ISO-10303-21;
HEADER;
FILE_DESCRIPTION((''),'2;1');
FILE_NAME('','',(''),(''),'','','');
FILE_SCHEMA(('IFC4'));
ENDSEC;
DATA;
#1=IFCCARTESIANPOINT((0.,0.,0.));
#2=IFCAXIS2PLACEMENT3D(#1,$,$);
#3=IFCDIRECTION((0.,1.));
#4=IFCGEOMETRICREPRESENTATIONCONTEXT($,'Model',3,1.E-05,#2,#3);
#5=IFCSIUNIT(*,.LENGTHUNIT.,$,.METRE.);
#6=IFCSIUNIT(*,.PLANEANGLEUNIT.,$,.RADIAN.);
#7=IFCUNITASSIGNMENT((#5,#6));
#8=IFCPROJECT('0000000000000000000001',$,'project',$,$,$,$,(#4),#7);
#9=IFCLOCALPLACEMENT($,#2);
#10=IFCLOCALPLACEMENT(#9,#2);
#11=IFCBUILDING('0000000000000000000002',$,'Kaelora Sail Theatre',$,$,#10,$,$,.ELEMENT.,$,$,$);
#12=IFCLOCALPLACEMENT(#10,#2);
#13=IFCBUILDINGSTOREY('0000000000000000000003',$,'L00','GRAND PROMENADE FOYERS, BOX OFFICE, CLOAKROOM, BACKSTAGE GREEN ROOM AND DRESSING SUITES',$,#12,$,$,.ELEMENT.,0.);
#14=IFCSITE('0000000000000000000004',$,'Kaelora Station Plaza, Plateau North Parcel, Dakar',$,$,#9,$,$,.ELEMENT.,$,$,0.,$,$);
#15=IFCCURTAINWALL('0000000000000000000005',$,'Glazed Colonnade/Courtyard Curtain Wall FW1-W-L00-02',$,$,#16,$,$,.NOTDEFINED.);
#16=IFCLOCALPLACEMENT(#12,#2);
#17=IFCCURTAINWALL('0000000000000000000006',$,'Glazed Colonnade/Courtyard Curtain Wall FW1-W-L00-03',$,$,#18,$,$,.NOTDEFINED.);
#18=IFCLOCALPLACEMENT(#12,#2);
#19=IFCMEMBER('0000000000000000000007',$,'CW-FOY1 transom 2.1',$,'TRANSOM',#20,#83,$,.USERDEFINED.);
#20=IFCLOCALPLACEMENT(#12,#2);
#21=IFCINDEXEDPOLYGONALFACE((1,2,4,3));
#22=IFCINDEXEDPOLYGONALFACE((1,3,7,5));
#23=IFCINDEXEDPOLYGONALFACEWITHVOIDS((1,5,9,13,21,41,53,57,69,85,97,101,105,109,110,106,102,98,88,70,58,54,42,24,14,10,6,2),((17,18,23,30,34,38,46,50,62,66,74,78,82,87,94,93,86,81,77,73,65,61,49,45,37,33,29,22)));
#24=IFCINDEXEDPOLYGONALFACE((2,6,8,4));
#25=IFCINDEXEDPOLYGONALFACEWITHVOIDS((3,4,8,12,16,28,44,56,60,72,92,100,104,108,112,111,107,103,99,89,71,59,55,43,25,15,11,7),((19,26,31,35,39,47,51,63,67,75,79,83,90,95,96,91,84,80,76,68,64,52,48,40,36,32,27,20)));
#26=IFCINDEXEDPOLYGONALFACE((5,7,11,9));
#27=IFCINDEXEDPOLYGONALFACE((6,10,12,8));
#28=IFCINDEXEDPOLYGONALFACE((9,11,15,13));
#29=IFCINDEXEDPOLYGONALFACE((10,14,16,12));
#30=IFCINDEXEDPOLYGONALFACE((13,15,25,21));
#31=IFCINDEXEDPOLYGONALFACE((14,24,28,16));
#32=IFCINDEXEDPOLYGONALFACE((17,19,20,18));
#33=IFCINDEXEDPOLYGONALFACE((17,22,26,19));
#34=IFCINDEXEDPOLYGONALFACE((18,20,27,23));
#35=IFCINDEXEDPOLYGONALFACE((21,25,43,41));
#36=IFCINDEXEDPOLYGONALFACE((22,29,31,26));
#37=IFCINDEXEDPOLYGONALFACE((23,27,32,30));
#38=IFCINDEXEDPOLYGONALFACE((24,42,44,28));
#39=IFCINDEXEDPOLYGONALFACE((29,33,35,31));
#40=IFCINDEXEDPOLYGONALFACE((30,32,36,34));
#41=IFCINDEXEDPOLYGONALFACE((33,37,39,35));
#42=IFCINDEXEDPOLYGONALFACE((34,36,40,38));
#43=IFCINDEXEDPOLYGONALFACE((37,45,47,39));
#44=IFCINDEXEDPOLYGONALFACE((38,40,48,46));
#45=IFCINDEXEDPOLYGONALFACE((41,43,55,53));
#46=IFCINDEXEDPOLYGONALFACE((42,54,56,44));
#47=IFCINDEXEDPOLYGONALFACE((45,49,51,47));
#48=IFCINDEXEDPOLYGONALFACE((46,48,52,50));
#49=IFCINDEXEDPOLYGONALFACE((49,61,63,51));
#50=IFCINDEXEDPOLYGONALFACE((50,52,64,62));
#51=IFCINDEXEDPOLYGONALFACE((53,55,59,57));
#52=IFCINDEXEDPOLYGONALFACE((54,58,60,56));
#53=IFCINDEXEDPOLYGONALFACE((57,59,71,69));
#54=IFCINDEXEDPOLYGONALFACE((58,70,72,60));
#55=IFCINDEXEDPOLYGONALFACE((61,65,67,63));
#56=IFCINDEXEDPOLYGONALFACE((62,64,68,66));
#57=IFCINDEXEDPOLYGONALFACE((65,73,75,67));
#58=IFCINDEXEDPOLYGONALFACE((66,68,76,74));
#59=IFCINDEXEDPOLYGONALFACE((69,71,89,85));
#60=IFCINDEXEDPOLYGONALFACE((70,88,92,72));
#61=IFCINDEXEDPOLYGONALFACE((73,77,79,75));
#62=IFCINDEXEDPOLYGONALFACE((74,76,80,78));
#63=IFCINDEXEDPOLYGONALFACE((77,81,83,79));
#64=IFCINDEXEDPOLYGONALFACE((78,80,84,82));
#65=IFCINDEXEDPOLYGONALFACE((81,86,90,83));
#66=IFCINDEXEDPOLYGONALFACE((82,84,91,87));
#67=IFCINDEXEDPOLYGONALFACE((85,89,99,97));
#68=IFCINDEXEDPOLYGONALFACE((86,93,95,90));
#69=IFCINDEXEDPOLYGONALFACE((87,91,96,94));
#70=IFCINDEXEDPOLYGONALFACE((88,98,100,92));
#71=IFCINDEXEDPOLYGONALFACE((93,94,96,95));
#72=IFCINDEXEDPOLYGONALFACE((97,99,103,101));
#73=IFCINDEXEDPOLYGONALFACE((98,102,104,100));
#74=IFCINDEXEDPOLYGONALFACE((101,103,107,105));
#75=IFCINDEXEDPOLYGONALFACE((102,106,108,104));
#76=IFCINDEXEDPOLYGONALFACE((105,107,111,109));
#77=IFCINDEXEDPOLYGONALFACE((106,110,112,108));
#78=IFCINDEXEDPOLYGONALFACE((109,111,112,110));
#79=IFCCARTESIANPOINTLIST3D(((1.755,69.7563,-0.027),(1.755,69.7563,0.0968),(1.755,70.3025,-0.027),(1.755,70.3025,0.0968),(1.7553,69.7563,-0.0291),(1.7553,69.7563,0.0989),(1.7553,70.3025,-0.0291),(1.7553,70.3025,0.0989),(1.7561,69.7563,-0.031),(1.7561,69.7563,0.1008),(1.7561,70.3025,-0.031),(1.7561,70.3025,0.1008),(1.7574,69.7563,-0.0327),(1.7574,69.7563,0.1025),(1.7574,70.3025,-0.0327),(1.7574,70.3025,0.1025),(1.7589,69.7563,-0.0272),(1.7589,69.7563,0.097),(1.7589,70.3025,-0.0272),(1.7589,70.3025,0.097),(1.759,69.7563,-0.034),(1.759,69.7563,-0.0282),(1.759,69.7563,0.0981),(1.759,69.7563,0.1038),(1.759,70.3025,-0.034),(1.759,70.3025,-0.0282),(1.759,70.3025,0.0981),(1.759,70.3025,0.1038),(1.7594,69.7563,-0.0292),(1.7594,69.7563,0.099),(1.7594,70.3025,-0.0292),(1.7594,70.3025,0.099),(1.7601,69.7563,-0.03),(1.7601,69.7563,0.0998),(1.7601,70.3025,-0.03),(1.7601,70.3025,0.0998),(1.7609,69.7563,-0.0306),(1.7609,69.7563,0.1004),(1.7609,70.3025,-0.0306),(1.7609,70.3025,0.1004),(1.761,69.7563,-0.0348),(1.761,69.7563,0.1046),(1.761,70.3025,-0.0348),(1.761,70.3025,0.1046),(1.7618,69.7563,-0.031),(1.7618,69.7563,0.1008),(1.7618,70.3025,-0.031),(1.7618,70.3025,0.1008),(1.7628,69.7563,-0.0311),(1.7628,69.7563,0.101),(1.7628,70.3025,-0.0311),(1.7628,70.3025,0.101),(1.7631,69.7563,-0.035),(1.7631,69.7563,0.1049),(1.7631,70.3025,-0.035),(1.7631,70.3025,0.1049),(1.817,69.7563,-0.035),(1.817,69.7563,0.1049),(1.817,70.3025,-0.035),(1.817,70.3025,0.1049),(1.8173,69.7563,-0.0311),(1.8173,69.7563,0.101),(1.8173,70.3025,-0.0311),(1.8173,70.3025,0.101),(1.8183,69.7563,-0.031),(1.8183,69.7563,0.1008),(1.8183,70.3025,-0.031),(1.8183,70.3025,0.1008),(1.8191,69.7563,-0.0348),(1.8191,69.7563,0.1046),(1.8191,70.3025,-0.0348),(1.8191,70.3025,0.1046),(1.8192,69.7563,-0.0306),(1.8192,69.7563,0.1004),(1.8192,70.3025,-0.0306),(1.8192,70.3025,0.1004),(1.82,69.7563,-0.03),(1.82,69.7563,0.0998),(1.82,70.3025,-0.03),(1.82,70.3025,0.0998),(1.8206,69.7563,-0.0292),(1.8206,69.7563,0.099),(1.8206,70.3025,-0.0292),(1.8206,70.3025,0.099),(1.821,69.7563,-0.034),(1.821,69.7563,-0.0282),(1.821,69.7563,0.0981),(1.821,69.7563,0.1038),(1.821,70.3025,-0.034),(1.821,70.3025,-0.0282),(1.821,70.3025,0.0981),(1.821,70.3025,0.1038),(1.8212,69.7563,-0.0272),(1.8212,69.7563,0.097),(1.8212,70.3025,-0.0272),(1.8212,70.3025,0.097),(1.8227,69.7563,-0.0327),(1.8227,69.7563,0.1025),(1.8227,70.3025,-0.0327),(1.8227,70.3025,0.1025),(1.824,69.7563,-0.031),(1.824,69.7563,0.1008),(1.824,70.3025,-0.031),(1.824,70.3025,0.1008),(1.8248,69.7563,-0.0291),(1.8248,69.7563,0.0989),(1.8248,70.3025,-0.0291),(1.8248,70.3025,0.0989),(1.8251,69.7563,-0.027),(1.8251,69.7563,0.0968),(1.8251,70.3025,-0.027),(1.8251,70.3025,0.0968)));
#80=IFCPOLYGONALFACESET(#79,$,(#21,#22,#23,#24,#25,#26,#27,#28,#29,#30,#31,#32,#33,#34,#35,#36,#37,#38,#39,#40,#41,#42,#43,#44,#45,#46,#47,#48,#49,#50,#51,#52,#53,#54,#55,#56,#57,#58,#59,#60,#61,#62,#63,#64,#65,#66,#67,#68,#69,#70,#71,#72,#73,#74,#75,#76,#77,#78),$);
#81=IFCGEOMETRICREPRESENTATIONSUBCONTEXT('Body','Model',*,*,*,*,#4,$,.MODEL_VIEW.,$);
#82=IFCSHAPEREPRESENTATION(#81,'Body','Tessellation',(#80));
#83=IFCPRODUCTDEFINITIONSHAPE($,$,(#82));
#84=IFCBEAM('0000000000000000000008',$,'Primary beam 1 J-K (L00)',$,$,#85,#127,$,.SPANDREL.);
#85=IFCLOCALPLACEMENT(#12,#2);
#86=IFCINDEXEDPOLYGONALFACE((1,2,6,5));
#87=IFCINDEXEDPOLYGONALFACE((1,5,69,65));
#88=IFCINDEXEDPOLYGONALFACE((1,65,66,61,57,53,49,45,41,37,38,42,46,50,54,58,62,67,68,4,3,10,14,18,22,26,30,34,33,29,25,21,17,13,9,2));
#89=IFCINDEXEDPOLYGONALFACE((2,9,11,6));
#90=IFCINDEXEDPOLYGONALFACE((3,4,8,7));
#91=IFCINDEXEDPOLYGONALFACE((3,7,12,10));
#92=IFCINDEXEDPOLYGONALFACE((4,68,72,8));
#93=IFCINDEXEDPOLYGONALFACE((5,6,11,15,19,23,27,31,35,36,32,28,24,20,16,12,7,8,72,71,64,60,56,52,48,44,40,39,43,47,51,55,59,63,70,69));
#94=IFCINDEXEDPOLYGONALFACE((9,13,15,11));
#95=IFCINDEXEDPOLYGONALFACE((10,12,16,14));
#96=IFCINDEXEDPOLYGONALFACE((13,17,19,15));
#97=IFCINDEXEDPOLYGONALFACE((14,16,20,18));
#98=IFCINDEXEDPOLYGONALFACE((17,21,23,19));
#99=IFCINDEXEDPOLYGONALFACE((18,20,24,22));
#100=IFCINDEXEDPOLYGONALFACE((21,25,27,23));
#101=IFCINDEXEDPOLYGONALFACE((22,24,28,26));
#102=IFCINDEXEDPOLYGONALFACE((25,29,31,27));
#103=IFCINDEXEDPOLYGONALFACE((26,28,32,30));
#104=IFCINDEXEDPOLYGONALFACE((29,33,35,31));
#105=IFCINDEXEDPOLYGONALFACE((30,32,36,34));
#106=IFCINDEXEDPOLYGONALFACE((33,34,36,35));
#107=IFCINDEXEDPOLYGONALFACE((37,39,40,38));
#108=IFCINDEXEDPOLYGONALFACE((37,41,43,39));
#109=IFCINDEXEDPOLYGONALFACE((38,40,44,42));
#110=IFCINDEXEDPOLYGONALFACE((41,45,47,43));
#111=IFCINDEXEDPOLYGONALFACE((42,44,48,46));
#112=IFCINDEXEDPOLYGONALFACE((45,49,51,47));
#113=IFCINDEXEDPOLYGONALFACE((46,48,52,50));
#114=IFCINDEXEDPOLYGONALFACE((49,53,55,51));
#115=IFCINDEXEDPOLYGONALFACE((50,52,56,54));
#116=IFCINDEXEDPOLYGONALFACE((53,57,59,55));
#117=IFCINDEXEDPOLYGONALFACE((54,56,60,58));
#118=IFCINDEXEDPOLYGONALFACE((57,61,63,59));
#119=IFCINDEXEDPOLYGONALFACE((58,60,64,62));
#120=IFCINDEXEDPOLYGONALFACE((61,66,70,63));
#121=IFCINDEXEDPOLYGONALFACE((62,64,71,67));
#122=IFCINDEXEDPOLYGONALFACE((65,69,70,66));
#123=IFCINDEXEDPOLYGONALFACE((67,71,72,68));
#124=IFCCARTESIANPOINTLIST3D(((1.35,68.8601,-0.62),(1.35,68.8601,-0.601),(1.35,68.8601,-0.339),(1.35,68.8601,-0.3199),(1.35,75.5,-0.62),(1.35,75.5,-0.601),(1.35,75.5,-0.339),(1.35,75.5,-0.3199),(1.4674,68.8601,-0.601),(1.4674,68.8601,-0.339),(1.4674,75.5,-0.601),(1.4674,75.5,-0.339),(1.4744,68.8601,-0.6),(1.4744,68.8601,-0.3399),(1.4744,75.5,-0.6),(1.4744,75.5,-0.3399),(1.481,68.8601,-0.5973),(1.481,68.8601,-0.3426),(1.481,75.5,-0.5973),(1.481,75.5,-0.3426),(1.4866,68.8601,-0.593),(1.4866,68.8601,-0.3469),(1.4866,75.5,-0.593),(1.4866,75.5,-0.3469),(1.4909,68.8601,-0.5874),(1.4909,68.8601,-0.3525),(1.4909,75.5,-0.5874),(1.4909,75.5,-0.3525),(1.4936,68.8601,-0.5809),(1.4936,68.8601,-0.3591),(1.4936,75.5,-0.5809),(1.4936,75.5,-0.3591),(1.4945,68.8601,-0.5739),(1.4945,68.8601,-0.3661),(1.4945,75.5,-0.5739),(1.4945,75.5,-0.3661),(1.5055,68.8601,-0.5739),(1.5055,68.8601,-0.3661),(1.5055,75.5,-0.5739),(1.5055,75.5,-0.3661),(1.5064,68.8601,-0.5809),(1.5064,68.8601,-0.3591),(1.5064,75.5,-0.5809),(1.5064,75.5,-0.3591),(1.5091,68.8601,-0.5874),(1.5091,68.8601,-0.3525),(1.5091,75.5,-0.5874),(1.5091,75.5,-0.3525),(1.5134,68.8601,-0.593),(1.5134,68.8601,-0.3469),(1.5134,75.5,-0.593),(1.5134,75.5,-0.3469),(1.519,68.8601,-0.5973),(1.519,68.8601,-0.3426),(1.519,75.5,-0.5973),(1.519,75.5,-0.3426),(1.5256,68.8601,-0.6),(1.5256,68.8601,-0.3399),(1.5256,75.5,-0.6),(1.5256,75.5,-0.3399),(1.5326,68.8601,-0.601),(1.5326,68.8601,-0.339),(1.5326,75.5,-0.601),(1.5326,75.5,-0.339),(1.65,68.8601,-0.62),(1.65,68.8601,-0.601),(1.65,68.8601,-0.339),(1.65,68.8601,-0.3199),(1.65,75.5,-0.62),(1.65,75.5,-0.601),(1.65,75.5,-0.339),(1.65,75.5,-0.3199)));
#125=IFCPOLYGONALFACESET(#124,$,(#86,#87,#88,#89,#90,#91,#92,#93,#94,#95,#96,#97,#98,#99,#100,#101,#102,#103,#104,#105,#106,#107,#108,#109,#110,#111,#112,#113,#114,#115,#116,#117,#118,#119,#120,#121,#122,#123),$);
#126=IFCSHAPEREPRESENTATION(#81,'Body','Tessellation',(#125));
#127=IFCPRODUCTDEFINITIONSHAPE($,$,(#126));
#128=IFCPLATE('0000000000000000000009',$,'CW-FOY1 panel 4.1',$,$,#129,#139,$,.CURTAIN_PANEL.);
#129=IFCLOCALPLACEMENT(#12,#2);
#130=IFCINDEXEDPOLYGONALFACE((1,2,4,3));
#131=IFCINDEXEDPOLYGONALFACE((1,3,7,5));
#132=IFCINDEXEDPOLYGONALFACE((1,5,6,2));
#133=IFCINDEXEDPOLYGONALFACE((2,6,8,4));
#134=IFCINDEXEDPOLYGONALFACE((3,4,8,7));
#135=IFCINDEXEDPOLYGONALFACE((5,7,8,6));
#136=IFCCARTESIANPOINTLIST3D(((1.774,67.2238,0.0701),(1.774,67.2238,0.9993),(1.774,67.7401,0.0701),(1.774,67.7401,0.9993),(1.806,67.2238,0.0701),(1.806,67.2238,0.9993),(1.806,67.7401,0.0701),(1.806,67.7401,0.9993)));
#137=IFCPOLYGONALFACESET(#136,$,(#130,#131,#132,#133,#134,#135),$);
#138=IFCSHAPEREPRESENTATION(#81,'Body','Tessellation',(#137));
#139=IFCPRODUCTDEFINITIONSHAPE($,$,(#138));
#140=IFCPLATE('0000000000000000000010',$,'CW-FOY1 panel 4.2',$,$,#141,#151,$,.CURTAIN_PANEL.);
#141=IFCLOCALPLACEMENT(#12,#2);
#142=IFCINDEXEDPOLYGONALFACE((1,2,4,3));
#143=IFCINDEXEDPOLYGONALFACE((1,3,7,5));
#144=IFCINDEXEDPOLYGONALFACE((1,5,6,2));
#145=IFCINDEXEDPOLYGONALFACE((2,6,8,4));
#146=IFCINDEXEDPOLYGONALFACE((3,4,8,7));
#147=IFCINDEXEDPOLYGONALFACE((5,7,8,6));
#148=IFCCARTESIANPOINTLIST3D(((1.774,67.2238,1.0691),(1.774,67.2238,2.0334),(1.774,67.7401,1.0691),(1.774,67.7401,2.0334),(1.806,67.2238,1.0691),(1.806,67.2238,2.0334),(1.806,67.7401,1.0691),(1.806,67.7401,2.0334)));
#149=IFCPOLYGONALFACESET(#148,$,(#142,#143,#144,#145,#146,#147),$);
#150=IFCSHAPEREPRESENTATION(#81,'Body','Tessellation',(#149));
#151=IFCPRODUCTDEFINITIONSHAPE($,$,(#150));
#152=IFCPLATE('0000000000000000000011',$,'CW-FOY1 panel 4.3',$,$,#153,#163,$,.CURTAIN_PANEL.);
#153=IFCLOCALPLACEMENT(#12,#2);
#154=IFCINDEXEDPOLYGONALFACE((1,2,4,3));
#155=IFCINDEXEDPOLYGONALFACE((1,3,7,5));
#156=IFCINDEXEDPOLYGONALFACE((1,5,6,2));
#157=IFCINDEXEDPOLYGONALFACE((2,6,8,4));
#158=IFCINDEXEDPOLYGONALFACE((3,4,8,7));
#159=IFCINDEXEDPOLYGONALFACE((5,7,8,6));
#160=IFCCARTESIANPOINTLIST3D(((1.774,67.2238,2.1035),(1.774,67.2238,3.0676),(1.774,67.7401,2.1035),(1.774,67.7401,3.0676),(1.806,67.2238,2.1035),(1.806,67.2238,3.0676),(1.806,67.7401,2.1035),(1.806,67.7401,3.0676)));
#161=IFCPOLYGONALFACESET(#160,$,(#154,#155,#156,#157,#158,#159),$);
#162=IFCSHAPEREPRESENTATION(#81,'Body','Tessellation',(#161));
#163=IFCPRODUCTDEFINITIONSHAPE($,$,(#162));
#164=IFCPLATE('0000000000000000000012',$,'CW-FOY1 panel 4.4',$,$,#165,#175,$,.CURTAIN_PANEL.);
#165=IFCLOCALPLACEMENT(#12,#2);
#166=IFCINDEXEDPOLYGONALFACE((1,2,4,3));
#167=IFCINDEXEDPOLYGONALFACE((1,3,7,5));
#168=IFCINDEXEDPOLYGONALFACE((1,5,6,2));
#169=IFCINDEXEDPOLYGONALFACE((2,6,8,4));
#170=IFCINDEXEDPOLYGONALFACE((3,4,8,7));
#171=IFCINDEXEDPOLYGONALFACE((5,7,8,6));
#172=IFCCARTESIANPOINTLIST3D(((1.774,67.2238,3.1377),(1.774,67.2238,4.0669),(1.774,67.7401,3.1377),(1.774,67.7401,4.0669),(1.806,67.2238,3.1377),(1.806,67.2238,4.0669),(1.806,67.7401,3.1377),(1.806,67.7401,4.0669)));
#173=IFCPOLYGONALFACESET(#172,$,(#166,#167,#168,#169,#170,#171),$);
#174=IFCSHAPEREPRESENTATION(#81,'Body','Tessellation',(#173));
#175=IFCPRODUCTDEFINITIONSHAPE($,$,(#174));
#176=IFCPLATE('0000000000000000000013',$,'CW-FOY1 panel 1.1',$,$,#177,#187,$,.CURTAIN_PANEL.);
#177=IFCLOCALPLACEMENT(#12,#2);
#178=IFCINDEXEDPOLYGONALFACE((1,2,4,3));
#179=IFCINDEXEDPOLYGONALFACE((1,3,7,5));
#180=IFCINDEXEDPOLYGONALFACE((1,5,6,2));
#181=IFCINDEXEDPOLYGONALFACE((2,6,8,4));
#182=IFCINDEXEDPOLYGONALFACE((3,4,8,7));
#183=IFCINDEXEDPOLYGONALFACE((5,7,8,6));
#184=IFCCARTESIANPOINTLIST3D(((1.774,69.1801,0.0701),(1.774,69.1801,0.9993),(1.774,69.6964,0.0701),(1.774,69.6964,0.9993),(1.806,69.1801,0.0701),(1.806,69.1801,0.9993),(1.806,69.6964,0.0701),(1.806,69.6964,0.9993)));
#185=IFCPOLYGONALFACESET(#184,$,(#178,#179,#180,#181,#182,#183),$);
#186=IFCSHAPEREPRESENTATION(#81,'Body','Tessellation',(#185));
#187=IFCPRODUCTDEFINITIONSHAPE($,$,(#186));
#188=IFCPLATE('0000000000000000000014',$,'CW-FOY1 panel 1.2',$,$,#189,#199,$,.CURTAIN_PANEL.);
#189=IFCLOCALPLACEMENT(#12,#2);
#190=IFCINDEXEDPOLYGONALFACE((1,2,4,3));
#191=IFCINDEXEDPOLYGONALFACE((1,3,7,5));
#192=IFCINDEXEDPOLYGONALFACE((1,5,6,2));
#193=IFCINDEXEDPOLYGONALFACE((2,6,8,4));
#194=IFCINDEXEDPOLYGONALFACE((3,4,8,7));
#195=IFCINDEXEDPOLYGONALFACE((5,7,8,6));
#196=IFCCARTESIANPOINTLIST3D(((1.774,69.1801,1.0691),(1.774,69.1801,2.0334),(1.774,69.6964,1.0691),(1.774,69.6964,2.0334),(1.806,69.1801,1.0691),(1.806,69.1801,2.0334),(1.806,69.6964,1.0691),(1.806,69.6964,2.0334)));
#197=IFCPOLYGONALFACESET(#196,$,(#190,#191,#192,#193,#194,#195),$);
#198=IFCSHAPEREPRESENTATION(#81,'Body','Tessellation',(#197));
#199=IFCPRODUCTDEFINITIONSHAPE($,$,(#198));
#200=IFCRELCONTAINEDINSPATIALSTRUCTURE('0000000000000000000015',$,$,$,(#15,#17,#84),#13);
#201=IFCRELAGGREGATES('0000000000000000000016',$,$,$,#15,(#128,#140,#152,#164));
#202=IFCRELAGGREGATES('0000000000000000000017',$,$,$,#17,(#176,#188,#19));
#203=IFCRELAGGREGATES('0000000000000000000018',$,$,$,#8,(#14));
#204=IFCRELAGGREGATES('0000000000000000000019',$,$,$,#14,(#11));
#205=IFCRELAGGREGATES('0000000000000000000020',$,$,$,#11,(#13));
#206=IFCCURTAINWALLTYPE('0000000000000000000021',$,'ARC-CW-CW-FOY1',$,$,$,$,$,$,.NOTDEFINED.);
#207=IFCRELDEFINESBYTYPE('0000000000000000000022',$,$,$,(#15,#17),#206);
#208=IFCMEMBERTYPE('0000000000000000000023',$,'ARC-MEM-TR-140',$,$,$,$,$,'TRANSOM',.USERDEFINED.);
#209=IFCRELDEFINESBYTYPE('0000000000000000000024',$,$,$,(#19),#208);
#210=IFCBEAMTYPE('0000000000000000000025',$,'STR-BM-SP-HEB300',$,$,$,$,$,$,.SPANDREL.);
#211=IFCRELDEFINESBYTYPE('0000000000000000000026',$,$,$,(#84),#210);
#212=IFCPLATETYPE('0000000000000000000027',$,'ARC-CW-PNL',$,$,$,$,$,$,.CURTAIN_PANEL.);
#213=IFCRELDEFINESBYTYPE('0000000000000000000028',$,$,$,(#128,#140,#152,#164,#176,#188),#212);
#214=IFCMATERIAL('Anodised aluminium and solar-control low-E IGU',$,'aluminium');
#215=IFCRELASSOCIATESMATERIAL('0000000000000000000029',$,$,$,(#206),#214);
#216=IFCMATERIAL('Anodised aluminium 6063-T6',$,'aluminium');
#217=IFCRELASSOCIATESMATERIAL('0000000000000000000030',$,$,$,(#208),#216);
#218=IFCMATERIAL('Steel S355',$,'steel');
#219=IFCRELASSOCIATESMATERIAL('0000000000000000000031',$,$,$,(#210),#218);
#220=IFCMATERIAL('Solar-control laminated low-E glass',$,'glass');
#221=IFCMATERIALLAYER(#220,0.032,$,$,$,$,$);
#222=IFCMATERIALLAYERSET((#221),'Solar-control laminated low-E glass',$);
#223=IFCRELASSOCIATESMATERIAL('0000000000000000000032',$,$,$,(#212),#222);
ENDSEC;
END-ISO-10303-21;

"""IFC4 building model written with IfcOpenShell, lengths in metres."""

from ifc_helpers import new_model, si_unit, direction, frame, origin, origin_2d, place, context, subcontext, project, spatial, rectangle, hollow_rectangle, i_section, extrude, material, layer, layer_set, material_profile, profile_set, type_object, element, aggregate, save


model = new_model("IFC4")

# Units and contexts
model_context = context("Model", 3, precision=1e-05, world=origin(), true_north=direction((0.0, 1.0)))
body_context = subcontext(model_context, "Body", "Model", "MODEL_VIEW")
ifc_project = project(units=[si_unit("LENGTHUNIT", "METRE"), si_unit("PLANEANGLEUNIT", "RADIAN")], contexts=[model_context])

# Site, building, storey
site_placement = place(None, origin())
site = spatial("IfcSite", under=ifc_project, at=site_placement, Name="Kaelora Station Plaza, Plateau North Parcel, Dakar", CompositionType="ELEMENT", RefElevation=0.0)
building_placement = place(site_placement, origin())
building = spatial("IfcBuilding", under=site, at=building_placement, Name="Kaelora Sail Theatre", CompositionType="ELEMENT")
storey_placement = place(building_placement, origin())
storey = spatial("IfcBuildingStorey", under=building, at=storey_placement, Name="L00", Description="GRAND PROMENADE FOYERS, BOX OFFICE, CLOAKROOM, BACKSTAGE GREEN ROOM AND DRESSING SUITES", CompositionType="ELEMENT", Elevation=0.0)

# Curtain wall
ifc_material_1 = material(Name="Anodised aluminium and solar-control low-E IGU", Category="aluminium")
curtain_wall_type = type_object("IfcCurtainWallType", Name="ARC-CW-CW-FOY1", PredefinedType="NOTDEFINED", material=ifc_material_1)
curtain_wall_1_placement = place(storey_placement, origin())
curtain_wall_1 = element("IfcCurtainWall", 1, at=curtain_wall_1_placement, inside=storey, type_object=curtain_wall_type, Name="Glazed Colonnade/Courtyard Curtain Wall FW1-W-L00-02", PredefinedType="NOTDEFINED")

# Curtain wall
curtain_wall_2_placement = place(storey_placement, origin())
curtain_wall_2 = element("IfcCurtainWall", 2, at=curtain_wall_2_placement, inside=storey, type_object=curtain_wall_type, Name="Glazed Colonnade/Courtyard Curtain Wall FW1-W-L00-03", PredefinedType="NOTDEFINED")

# Member
ifc_material_2 = material(Name="Anodised aluminium 6063-T6", Category="aluminium")
ifc_material_profile_1 = material_profile(ifc_material_2, hollow_rectangle(XDim=0.0701, YDim=0.1399, WallThickness=0.0039, InnerFilletRadius=0.0039, OuterFilletRadius=0.0081, at=origin_2d()), Name="ALU-TRAN 70x140x4")
ifc_profile_set_1 = profile_set([ifc_material_profile_1], Name="Anodised aluminium 6063-T6")
member_type_1 = type_object("IfcMemberType", Name="ARC-MEM-TR-140", ElementType="TRANSOM", PredefinedType="USERDEFINED", material=ifc_profile_set_1)
member_1_placement = place(storey_placement, frame((1.79, 69.7563, 0.0349), z_axis=(0.0, 1.0, 0.0), x_axis=(-1.0, 0.0, 0.0)))
member_1 = element("IfcMember", 3, at=member_1_placement, type_object=member_type_1, Name="CW-FOY1 transom 2.1", ObjectType="TRANSOM", PredefinedType="USERDEFINED", context=body_context, shape_type="SweptSolid", body=[
    extrude(hollow_rectangle(XDim=0.0701, YDim=0.1399, WallThickness=0.0039, InnerFilletRadius=0.0039, OuterFilletRadius=0.0081, at=origin_2d()), origin(), (0.0, 0.0, 1.0), 0.5461),
])

# Beam
ifc_material_3 = material(Name="Steel S355", Category="steel")
ifc_material_profile_2 = material_profile(ifc_material_3, i_section(OverallWidth=0.3, OverallDepth=0.3, WebThickness=0.011, FlangeThickness=0.019, FilletRadius=0.0271, at=origin_2d()), Name="HEB 300")
ifc_profile_set_2 = profile_set([ifc_material_profile_2], Name="Steel S355")
beam_type = type_object("IfcBeamType", Name="STR-BM-SP-HEB300", PredefinedType="SPANDREL", material=ifc_profile_set_2)
beam_placement = place(storey_placement, frame((1.5, 68.8601, -0.47), z_axis=(0.0, 1.0, 0.0), x_axis=(-1.0, 0.0, 0.0)))
element("IfcBeam", 4, at=beam_placement, inside=storey, type_object=beam_type, Name="Primary beam 1 J-K (L00)", PredefinedType="SPANDREL", context=body_context, shape_type="SweptSolid", body=[
    extrude(i_section(OverallWidth=0.3, OverallDepth=0.3, WebThickness=0.011, FlangeThickness=0.019, FilletRadius=0.0271, at=origin_2d()), origin(), (0.0, 0.0, 1.0), 6.6399),
])

# Plates
ifc_material_4 = material(Name="Solar-control laminated low-E glass", Category="glass")
ifc_layer = layer(ifc_material_4, 0.032)
ifc_layer_set = layer_set([ifc_layer], Name="Solar-control laminated low-E glass")
plate_type = type_object("IfcPlateType", Name="ARC-CW-PNL", PredefinedType="CURTAIN_PANEL", material=ifc_layer_set)
plate_1_placement = place(storey_placement, frame((1.79, 67.4819, 0.0701), z_axis=(0.0, 0.0, 1.0), x_axis=(0.0, 1.0, 0.0)))
plate_1 = element("IfcPlate", 5, at=plate_1_placement, type_object=plate_type, Name="CW-FOY1 panel 4.1", PredefinedType="CURTAIN_PANEL", context=body_context, shape_type="SweptSolid", body=[
    extrude(rectangle(XDim=0.5164, YDim=0.032, at=origin_2d()), origin(), (0.0, 0.0, 1.0), 0.9292),
])
plate_2_placement = place(storey_placement, frame((1.79, 67.4819, 1.0691), z_axis=(0.0, 0.0, 1.0), x_axis=(0.0, 1.0, 0.0)))
plate_2 = element("IfcPlate", 6, at=plate_2_placement, type_object=plate_type, Name="CW-FOY1 panel 4.2", PredefinedType="CURTAIN_PANEL", context=body_context, shape_type="SweptSolid", body=[
    extrude(rectangle(XDim=0.5164, YDim=0.032, at=origin_2d()), origin(), (0.0, 0.0, 1.0), 0.9644),
])
plate_3_placement = place(storey_placement, frame((1.79, 67.4819, 2.1035), z_axis=(0.0, 0.0, 1.0), x_axis=(0.0, 1.0, 0.0)))
plate_3 = element("IfcPlate", 7, at=plate_3_placement, type_object=plate_type, Name="CW-FOY1 panel 4.3", PredefinedType="CURTAIN_PANEL", context=body_context, shape_type="SweptSolid", body=[
    extrude(rectangle(XDim=0.5164, YDim=0.032, at=origin_2d()), origin(), (0.0, 0.0, 1.0), 0.9641),
])
plate_4_placement = place(storey_placement, frame((1.79, 67.4819, 3.1377), z_axis=(0.0, 0.0, 1.0), x_axis=(0.0, 1.0, 0.0)))
plate_4 = element("IfcPlate", 8, at=plate_4_placement, type_object=plate_type, Name="CW-FOY1 panel 4.4", PredefinedType="CURTAIN_PANEL", context=body_context, shape_type="SweptSolid", body=[
    extrude(rectangle(XDim=0.5164, YDim=0.032, at=origin_2d()), origin(), (0.0, 0.0, 1.0), 0.9292),
])
aggregate(curtain_wall_1, [plate_1, plate_2, plate_3, plate_4])
plate_5_placement = place(storey_placement, frame((1.79, 69.4382, 0.0701), z_axis=(0.0, 0.0, 1.0), x_axis=(0.0, 1.0, 0.0)))
plate_5 = element("IfcPlate", 9, at=plate_5_placement, type_object=plate_type, Name="CW-FOY1 panel 1.1", PredefinedType="CURTAIN_PANEL", context=body_context, shape_type="SweptSolid", body=[
    extrude(rectangle(XDim=0.5164, YDim=0.032, at=origin_2d()), origin(), (0.0, 0.0, 1.0), 0.9292),
])
plate_6_placement = place(storey_placement, frame((1.79, 69.4382, 1.0691), z_axis=(0.0, 0.0, 1.0), x_axis=(0.0, 1.0, 0.0)))
plate_6 = element("IfcPlate", 10, at=plate_6_placement, type_object=plate_type, Name="CW-FOY1 panel 1.2", PredefinedType="CURTAIN_PANEL", context=body_context, shape_type="SweptSolid", body=[
    extrude(rectangle(XDim=0.5164, YDim=0.032, at=origin_2d()), origin(), (0.0, 0.0, 1.0), 0.9644),
])
aggregate(curtain_wall_2, [plate_5, plate_6, member_1])

save(model, "model.ifc")
